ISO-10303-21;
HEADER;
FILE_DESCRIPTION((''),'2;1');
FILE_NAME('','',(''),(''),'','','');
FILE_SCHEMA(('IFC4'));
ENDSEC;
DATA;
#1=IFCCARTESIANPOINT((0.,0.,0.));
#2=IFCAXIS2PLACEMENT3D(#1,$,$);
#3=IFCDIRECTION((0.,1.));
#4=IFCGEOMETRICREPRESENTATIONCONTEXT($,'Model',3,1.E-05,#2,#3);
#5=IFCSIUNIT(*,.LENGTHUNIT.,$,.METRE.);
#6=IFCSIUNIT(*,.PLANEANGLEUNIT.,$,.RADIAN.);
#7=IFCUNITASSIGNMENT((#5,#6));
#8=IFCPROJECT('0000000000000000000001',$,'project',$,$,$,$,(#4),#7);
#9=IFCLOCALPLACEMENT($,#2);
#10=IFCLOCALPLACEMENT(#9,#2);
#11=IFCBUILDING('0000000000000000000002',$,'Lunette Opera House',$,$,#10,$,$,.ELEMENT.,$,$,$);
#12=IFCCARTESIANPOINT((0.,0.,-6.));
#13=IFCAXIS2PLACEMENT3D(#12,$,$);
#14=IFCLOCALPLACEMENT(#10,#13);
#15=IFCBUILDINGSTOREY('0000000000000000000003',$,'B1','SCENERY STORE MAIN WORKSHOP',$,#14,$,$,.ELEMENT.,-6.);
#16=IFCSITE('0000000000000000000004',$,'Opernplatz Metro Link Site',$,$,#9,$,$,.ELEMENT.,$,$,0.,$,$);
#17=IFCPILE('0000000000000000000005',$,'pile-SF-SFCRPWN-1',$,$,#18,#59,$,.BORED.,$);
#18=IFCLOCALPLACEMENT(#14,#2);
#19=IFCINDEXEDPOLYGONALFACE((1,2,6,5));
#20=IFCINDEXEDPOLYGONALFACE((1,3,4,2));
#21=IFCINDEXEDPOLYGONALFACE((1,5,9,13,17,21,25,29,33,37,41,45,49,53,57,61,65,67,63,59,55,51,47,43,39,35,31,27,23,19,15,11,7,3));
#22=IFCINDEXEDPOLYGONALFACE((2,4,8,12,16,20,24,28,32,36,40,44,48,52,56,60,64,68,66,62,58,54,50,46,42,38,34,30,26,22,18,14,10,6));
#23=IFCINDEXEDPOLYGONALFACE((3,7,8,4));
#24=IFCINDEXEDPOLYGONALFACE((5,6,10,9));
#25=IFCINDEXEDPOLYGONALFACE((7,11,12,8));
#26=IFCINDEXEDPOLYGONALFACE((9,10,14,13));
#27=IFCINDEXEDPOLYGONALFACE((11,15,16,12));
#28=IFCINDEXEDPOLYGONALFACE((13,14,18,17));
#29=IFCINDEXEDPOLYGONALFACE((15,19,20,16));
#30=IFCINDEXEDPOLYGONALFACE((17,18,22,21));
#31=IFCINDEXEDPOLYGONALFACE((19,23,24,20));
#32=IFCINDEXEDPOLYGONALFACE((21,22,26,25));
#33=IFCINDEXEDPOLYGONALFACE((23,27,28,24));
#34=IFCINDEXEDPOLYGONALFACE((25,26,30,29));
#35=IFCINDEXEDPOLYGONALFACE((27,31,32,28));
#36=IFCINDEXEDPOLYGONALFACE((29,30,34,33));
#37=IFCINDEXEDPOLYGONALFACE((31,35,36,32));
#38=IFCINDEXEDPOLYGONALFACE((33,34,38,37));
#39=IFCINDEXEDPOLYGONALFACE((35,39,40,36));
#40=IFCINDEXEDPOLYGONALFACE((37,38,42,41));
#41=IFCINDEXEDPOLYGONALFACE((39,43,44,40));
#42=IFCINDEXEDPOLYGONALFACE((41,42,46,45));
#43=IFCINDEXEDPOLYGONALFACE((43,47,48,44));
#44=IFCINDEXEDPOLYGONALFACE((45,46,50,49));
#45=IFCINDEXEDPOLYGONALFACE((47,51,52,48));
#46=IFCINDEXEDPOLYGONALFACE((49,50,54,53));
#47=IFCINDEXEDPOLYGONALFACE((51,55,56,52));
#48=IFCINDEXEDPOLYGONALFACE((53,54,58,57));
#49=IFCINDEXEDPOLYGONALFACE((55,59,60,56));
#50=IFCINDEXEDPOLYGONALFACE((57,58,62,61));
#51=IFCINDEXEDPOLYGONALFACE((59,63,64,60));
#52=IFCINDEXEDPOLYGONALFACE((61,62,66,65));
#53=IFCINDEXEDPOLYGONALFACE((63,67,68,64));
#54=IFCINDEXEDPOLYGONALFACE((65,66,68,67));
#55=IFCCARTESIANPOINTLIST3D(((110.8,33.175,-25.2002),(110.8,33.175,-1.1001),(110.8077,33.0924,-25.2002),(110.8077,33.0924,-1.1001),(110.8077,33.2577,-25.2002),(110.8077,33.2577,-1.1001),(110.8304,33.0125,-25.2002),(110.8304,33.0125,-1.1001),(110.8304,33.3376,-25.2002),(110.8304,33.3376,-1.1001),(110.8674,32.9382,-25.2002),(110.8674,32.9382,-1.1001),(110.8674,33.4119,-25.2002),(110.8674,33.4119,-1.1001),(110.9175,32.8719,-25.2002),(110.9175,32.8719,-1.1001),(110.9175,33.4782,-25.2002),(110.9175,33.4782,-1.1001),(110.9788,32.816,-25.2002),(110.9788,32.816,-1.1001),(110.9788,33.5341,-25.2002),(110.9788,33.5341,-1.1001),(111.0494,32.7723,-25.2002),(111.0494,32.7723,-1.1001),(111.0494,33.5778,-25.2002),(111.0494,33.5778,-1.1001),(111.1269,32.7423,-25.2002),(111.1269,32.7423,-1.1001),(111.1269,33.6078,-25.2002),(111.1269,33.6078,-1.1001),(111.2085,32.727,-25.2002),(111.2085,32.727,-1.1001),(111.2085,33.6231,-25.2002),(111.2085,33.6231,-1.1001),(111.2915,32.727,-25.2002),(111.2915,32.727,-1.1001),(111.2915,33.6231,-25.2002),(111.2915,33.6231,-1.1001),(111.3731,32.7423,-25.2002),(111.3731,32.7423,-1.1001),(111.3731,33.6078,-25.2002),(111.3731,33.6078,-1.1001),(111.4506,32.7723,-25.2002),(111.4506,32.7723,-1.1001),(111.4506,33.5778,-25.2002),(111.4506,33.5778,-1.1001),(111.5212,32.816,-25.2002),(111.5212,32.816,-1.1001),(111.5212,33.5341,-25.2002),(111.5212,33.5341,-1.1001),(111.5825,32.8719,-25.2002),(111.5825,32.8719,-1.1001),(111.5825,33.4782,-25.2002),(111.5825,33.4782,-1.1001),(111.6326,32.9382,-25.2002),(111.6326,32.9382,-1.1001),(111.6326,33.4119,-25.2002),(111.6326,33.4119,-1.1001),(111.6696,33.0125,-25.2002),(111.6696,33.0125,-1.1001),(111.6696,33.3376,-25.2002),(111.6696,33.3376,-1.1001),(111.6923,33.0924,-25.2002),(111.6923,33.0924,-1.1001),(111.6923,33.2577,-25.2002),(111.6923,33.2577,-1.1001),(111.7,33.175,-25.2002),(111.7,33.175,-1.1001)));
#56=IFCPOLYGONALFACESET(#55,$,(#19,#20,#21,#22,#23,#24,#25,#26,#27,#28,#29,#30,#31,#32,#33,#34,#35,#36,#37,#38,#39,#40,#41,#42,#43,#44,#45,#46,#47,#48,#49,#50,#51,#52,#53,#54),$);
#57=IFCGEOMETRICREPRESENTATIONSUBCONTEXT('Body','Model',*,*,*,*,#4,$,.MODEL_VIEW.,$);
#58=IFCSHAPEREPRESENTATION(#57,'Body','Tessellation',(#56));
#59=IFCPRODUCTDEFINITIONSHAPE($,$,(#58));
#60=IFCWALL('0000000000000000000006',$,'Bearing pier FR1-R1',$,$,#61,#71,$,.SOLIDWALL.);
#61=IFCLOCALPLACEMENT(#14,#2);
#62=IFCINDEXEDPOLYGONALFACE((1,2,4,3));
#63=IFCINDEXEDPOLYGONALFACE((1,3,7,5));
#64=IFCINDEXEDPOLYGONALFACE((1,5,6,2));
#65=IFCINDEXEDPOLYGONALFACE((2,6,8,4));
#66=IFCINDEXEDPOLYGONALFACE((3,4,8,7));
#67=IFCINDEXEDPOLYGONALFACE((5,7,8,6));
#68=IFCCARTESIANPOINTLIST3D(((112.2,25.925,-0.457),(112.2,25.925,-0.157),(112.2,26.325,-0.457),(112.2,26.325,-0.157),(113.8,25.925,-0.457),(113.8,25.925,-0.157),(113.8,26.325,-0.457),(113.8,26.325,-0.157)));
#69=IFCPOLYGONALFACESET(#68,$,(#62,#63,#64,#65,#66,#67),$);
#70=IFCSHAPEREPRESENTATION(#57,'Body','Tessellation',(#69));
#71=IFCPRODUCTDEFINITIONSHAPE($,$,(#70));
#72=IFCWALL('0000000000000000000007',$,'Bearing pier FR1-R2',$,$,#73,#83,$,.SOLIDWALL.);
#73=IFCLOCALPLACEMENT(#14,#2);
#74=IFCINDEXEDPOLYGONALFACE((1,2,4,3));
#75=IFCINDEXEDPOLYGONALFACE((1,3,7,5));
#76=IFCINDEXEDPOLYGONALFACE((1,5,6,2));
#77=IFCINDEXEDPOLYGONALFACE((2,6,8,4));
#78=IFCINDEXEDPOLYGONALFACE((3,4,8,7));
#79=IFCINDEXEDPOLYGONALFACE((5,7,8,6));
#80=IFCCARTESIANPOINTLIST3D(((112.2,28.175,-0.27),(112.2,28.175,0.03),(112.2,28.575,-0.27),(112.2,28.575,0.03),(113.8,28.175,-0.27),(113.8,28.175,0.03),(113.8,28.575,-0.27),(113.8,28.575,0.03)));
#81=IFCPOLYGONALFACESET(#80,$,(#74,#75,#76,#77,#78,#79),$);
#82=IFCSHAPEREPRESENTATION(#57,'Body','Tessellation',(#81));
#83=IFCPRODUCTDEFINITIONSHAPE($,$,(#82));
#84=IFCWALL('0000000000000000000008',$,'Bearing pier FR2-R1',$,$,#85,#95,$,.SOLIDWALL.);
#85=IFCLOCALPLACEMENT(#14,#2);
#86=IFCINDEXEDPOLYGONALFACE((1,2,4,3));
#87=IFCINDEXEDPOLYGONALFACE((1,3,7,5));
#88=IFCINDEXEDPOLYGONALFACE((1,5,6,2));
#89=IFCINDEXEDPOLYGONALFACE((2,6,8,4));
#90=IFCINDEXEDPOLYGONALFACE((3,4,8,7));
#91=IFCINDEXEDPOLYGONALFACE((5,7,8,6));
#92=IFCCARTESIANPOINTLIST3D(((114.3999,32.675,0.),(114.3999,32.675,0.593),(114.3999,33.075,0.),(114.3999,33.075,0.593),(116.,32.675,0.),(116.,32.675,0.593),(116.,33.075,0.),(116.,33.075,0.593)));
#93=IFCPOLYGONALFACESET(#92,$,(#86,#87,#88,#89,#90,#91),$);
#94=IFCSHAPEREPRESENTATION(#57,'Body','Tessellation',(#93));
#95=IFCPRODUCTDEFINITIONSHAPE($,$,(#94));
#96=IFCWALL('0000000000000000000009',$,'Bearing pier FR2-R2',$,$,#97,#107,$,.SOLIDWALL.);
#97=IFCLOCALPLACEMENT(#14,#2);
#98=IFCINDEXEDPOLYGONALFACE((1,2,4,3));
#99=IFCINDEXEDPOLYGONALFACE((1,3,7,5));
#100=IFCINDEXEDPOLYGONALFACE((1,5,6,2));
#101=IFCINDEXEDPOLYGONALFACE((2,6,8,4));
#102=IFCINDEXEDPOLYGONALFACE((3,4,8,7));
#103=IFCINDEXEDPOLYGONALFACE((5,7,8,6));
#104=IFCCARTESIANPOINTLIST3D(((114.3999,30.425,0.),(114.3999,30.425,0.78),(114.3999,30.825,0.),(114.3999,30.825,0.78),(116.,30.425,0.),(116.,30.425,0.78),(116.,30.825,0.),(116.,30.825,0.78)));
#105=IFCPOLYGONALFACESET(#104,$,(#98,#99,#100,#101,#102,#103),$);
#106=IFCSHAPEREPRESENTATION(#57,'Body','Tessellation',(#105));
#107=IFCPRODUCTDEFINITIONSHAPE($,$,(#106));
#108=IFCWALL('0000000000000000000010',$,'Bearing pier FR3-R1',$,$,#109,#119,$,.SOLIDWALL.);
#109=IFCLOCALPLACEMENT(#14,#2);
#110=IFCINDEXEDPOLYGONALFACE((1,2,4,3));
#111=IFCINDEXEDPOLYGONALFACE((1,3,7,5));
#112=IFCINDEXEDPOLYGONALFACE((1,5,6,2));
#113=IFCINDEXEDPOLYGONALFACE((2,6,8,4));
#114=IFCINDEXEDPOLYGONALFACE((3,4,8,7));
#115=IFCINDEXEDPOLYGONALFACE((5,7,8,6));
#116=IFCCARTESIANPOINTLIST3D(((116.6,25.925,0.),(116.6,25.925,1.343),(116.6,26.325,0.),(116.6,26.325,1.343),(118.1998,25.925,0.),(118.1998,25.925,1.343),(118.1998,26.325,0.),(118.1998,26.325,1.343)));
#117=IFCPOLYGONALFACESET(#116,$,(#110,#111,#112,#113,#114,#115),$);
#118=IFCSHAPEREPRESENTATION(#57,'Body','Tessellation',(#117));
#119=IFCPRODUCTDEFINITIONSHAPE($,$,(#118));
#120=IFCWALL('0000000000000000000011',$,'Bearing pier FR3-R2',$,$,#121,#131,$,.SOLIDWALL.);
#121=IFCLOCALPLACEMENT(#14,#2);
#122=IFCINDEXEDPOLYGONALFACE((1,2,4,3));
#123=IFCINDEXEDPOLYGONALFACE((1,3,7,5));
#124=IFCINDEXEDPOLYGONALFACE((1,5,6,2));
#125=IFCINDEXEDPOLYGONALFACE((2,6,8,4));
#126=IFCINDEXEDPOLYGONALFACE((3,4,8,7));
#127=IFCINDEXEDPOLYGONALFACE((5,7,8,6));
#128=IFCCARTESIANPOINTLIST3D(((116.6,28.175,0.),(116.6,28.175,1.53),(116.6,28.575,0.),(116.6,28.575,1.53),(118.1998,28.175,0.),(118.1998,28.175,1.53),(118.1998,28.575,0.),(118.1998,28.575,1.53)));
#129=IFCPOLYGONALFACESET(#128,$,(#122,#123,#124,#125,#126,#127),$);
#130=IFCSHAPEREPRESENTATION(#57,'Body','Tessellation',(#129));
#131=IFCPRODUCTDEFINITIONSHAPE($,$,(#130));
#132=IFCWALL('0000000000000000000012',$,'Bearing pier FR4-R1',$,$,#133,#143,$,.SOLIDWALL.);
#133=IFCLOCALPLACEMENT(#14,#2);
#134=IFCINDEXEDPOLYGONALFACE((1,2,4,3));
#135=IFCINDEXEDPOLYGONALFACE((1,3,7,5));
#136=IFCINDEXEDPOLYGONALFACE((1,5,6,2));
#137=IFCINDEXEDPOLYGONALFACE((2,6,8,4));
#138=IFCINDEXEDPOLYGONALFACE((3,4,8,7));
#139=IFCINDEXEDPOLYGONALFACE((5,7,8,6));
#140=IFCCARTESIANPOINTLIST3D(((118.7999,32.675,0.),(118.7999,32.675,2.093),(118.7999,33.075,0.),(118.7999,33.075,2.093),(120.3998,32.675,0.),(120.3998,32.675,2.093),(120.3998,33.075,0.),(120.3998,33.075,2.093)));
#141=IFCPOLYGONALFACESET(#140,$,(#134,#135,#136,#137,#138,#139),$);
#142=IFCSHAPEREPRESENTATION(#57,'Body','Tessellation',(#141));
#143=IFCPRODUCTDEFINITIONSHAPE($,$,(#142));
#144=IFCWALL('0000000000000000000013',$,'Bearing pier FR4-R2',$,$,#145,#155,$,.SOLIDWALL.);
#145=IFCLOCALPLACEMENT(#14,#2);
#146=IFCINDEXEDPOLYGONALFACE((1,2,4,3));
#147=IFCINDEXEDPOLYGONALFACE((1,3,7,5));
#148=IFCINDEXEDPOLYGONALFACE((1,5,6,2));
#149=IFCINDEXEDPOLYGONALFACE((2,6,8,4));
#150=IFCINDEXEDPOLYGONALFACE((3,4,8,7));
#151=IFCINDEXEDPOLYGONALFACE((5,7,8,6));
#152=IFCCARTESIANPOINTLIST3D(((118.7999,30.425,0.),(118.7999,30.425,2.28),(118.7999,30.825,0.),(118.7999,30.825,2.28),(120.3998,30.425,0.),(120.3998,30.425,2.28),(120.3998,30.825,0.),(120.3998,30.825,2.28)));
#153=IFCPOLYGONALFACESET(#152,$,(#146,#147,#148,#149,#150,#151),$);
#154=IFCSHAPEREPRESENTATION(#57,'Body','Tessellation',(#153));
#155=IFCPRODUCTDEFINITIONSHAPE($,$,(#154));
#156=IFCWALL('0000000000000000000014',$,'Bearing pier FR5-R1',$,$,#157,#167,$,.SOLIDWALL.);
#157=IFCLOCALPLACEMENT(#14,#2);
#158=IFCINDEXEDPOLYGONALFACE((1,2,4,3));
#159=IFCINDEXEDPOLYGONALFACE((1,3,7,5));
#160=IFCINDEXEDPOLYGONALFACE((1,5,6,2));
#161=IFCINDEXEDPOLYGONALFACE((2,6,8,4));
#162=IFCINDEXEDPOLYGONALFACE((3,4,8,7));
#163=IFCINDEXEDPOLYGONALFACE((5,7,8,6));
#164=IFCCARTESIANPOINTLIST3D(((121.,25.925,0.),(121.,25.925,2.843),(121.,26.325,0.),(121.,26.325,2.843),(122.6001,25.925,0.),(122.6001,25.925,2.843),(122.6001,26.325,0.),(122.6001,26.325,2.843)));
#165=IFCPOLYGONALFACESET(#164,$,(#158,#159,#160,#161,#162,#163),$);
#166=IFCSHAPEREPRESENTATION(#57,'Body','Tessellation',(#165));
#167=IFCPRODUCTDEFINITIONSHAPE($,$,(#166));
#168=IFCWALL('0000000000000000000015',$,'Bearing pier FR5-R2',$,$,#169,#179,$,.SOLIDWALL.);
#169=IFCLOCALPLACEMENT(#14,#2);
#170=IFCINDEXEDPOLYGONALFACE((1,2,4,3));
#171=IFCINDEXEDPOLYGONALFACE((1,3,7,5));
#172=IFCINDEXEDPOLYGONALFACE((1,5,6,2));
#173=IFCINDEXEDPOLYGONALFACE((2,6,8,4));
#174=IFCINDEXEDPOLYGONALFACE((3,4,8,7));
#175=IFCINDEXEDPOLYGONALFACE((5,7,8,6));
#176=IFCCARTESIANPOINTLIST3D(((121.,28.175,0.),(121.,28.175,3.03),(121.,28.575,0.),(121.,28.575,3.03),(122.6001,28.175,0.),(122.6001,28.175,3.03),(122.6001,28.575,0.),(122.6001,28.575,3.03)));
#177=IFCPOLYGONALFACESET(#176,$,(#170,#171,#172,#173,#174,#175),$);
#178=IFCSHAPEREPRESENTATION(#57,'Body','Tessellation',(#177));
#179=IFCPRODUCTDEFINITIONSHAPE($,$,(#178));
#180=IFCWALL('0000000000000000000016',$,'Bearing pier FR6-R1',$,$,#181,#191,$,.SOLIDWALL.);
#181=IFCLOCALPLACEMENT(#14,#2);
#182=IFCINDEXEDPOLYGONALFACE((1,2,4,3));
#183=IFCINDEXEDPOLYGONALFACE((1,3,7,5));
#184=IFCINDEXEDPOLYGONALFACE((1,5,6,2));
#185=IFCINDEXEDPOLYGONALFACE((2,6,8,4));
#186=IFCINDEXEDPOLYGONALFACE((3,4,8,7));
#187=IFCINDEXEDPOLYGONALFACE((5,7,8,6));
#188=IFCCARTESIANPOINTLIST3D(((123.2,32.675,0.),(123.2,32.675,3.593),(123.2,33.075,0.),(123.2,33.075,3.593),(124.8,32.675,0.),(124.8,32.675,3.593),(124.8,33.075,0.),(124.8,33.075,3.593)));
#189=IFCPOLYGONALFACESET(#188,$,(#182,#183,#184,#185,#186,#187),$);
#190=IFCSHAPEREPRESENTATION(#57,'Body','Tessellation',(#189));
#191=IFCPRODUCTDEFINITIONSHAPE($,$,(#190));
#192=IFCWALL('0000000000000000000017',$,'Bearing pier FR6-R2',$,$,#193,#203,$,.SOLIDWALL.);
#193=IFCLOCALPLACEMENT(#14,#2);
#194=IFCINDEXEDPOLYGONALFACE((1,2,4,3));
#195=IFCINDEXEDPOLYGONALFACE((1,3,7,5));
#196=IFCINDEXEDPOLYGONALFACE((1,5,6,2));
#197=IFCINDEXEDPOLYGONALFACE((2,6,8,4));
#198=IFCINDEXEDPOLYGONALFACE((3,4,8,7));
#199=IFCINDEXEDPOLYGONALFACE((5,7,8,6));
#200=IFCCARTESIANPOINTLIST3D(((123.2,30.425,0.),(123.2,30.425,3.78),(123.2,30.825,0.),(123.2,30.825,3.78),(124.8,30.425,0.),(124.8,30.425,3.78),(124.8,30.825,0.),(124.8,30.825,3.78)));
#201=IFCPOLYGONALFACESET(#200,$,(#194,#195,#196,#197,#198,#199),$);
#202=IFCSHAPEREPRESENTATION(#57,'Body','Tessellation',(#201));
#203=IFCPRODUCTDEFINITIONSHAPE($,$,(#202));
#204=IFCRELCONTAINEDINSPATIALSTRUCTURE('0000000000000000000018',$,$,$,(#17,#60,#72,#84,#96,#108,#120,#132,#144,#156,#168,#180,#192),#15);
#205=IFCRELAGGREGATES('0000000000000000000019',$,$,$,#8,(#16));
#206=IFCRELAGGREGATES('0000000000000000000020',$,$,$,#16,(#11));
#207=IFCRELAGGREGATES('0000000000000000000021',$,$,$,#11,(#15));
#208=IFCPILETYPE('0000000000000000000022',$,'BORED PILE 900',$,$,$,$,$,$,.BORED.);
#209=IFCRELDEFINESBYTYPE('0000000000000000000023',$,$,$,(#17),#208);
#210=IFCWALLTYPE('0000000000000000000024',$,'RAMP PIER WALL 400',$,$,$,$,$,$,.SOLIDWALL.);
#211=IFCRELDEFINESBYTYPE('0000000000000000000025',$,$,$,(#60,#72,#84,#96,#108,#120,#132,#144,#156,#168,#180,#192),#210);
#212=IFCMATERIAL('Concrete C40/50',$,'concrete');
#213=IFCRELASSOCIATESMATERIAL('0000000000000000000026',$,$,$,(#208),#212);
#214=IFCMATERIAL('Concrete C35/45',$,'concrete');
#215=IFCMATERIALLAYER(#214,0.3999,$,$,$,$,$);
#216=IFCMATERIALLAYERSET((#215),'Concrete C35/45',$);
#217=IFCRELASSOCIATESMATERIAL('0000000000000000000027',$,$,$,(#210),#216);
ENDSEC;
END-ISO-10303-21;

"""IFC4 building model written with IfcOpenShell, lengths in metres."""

from ifc_helpers import new_model, si_unit, direction, frame, frame_2d, origin, origin_2d, place, context, subcontext, project, spatial, rectangle, circle, extrude, material, layer, layer_set, material_profile, profile_set, type_object, element, save


model = new_model("IFC4")

# Units and contexts
model_context = context("Model", 3, precision=1e-05, world=origin(), true_north=direction((0.0, 1.0)))
body_context = subcontext(model_context, "Body", "Model", "MODEL_VIEW")
ifc_project = project(units=[si_unit("LENGTHUNIT", "METRE"), si_unit("PLANEANGLEUNIT", "RADIAN")], contexts=[model_context])

# Site, building, storey
site_placement = place(None, origin())
site = spatial("IfcSite", under=ifc_project, at=site_placement, Name="Opernplatz Metro Link Site", CompositionType="ELEMENT", RefElevation=0.0)
building_placement = place(site_placement, origin())
building = spatial("IfcBuilding", under=site, at=building_placement, Name="Lunette Opera House", CompositionType="ELEMENT")
storey_placement = place(building_placement, frame((0.0, 0.0, -6.0)))
storey = spatial("IfcBuildingStorey", under=building, at=storey_placement, Name="B1", Description="SCENERY STORE MAIN WORKSHOP", CompositionType="ELEMENT", Elevation=-6.0)

# Pile
ifc_material_1 = material(Name="Concrete C40/50", Category="concrete")
ifc_material_profile = material_profile(ifc_material_1, circle(Radius=0.45, at=origin_2d()), Name="BORED PILE 900")
ifc_profile_set = profile_set([ifc_material_profile], Name="Concrete C40/50")
pile_type = type_object("IfcPileType", Name="BORED PILE 900", PredefinedType="BORED", material=ifc_profile_set)
pile_placement = place(storey_placement, frame((111.25, 33.175, -1.1001), z_axis=(0.0, 0.0, -1.0), x_axis=(1.0, 0.0, 0.0)))
element("IfcPile", 1, at=pile_placement, inside=storey, type_object=pile_type, Name="pile-SF-SFCRPWN-1", PredefinedType="BORED", context=body_context, shape_type="SweptSolid", body=[
    extrude(circle(Radius=0.45, at=origin_2d()), origin(), (0.0, 0.0, 1.0), 24.1001),
])

# Walls
ifc_material_2 = material(Name="Concrete C35/45", Category="concrete")
ifc_layer_1 = layer(ifc_material_2, 0.3999)
ifc_layer_set_1 = layer_set([ifc_layer_1], Name="Concrete C35/45")
wall_type_1 = type_object("IfcWallType", Name="RAMP PIER WALL 400", PredefinedType="SOLIDWALL", material=ifc_layer_set_1)
for number, where, z_axis, x_axis, name in (
    (2, (112.2, 26.125, -0.457), (0.0, 0.0, 1.0), (1.0, 0.0, 0.0), "Bearing pier FR1-R1"),
    (3, (112.2, 28.375, -0.27), (0.0, 0.0, 1.0), (1.0, 0.0, 0.0), "Bearing pier FR1-R2"),
):
    element("IfcWall", number, at=place(storey_placement, frame(where, z_axis=z_axis, x_axis=x_axis)), inside=storey, type_object=wall_type_1, Name=name, PredefinedType="SOLIDWALL", context=body_context, shape_type="SweptSolid", body=[
        extrude(rectangle(XDim=1.6001, YDim=0.3999, at=frame_2d((0.8, 0.0))), origin(), (0.0, 0.0, 1.0), 0.3),
    ])
wall_1_placement = place(storey_placement, frame((114.3999, 32.875, 0.0), z_axis=(0.0, 0.0, 1.0), x_axis=(1.0, 0.0, 0.0)))
element("IfcWall", 4, at=wall_1_placement, inside=storey, type_object=wall_type_1, Name="Bearing pier FR2-R1", PredefinedType="SOLIDWALL", context=body_context, shape_type="SweptSolid", body=[
    extrude(rectangle(XDim=1.6001, YDim=0.3999, at=frame_2d((0.8, 0.0))), origin(), (0.0, 0.0, 1.0), 0.593),
])
wall_2_placement = place(storey_placement, frame((114.3999, 30.625, 0.0), z_axis=(0.0, 0.0, 1.0), x_axis=(1.0, 0.0, 0.0)))
element("IfcWall", 5, at=wall_2_placement, inside=storey, type_object=wall_type_1, Name="Bearing pier FR2-R2", PredefinedType="SOLIDWALL", context=body_context, shape_type="SweptSolid", body=[
    extrude(rectangle(XDim=1.6001, YDim=0.3999, at=frame_2d((0.8, 0.0))), origin(), (0.0, 0.0, 1.0), 0.78),
])
wall_3_placement = place(storey_placement, frame((116.6001, 26.125, 0.0), z_axis=(0.0, 0.0, 1.0), x_axis=(1.0, 0.0, 0.0)))
element("IfcWall", 6, at=wall_3_placement, inside=storey, type_object=wall_type_1, Name="Bearing pier FR3-R1", PredefinedType="SOLIDWALL", context=body_context, shape_type="SweptSolid", body=[
    extrude(rectangle(XDim=1.5999, YDim=0.3999, at=frame_2d((0.7998, 0.0))), origin(), (0.0, 0.0, 1.0), 1.343),
])
wall_4_placement = place(storey_placement, frame((116.6001, 28.375, 0.0), z_axis=(0.0, 0.0, 1.0), x_axis=(1.0, 0.0, 0.0)))
element("IfcWall", 7, at=wall_4_placement, inside=storey, type_object=wall_type_1, Name="Bearing pier FR3-R2", PredefinedType="SOLIDWALL", context=body_context, shape_type="SweptSolid", body=[
    extrude(rectangle(XDim=1.5999, YDim=0.3999, at=frame_2d((0.7998, 0.0))), origin(), (0.0, 0.0, 1.0), 1.53),
])
wall_5_placement = place(storey_placement, frame((118.8, 32.875, 0.0), z_axis=(0.0, 0.0, 1.0), x_axis=(1.0, 0.0, 0.0)))
element("IfcWall", 8, at=wall_5_placement, inside=storey, type_object=wall_type_1, Name="Bearing pier FR4-R1", PredefinedType="SOLIDWALL", context=body_context, shape_type="SweptSolid", body=[
    extrude(rectangle(XDim=1.5999, YDim=0.3999, at=frame_2d((0.7998, 0.0))), origin(), (0.0, 0.0, 1.0), 2.093),
])
wall_6_placement = place(storey_placement, frame((118.8, 30.625, 0.0), z_axis=(0.0, 0.0, 1.0), x_axis=(1.0, 0.0, 0.0)))
element("IfcWall", 9, at=wall_6_placement, inside=storey, type_object=wall_type_1, Name="Bearing pier FR4-R2", PredefinedType="SOLIDWALL", context=body_context, shape_type="SweptSolid", body=[
    extrude(rectangle(XDim=1.5999, YDim=0.3999, at=frame_2d((0.7998, 0.0))), origin(), (0.0, 0.0, 1.0), 2.28),
])
wall_7_placement = place(storey_placement, frame((121.0, 26.125, 0.0), z_axis=(0.0, 0.0, 1.0), x_axis=(1.0, 0.0, 0.0)))
element("IfcWall", 10, at=wall_7_placement, inside=storey, type_object=wall_type_1, Name="Bearing pier FR5-R1", PredefinedType="SOLIDWALL", context=body_context, shape_type="SweptSolid", body=[
    extrude(rectangle(XDim=1.6001, YDim=0.3999, at=frame_2d((0.8, 0.0))), origin(), (0.0, 0.0, 1.0), 2.843),
])
wall_8_placement = place(storey_placement, frame((121.0, 28.375, 0.0), z_axis=(0.0, 0.0, 1.0), x_axis=(1.0, 0.0, 0.0)))
element("IfcWall", 11, at=wall_8_placement, inside=storey, type_object=wall_type_1, Name="Bearing pier FR5-R2", PredefinedType="SOLIDWALL", context=body_context, shape_type="SweptSolid", body=[
    extrude(rectangle(XDim=1.6001, YDim=0.3999, at=frame_2d((0.8, 0.0))), origin(), (0.0, 0.0, 1.0), 3.03),
])
wall_9_placement = place(storey_placement, frame((123.2, 32.875, 0.0), z_axis=(0.0, 0.0, 1.0), x_axis=(1.0, 0.0, 0.0)))
element("IfcWall", 12, at=wall_9_placement, inside=storey, type_object=wall_type_1, Name="Bearing pier FR6-R1", PredefinedType="SOLIDWALL", context=body_context, shape_type="SweptSolid", body=[
    extrude(rectangle(XDim=1.6001, YDim=0.3999, at=frame_2d((0.8, 0.0))), origin(), (0.0, 0.0, 1.0), 3.593),
])
wall_10_placement = place(storey_placement, frame((123.2, 30.625, 0.0), z_axis=(0.0, 0.0, 1.0), x_axis=(1.0, 0.0, 0.0)))
element("IfcWall", 13, at=wall_10_placement, inside=storey, type_object=wall_type_1, Name="Bearing pier FR6-R2", PredefinedType="SOLIDWALL", context=body_context, shape_type="SweptSolid", body=[
    extrude(rectangle(XDim=1.6001, YDim=0.3999, at=frame_2d((0.8, 0.0))), origin(), (0.0, 0.0, 1.0), 3.78),
])

save(model, "model.ifc")
